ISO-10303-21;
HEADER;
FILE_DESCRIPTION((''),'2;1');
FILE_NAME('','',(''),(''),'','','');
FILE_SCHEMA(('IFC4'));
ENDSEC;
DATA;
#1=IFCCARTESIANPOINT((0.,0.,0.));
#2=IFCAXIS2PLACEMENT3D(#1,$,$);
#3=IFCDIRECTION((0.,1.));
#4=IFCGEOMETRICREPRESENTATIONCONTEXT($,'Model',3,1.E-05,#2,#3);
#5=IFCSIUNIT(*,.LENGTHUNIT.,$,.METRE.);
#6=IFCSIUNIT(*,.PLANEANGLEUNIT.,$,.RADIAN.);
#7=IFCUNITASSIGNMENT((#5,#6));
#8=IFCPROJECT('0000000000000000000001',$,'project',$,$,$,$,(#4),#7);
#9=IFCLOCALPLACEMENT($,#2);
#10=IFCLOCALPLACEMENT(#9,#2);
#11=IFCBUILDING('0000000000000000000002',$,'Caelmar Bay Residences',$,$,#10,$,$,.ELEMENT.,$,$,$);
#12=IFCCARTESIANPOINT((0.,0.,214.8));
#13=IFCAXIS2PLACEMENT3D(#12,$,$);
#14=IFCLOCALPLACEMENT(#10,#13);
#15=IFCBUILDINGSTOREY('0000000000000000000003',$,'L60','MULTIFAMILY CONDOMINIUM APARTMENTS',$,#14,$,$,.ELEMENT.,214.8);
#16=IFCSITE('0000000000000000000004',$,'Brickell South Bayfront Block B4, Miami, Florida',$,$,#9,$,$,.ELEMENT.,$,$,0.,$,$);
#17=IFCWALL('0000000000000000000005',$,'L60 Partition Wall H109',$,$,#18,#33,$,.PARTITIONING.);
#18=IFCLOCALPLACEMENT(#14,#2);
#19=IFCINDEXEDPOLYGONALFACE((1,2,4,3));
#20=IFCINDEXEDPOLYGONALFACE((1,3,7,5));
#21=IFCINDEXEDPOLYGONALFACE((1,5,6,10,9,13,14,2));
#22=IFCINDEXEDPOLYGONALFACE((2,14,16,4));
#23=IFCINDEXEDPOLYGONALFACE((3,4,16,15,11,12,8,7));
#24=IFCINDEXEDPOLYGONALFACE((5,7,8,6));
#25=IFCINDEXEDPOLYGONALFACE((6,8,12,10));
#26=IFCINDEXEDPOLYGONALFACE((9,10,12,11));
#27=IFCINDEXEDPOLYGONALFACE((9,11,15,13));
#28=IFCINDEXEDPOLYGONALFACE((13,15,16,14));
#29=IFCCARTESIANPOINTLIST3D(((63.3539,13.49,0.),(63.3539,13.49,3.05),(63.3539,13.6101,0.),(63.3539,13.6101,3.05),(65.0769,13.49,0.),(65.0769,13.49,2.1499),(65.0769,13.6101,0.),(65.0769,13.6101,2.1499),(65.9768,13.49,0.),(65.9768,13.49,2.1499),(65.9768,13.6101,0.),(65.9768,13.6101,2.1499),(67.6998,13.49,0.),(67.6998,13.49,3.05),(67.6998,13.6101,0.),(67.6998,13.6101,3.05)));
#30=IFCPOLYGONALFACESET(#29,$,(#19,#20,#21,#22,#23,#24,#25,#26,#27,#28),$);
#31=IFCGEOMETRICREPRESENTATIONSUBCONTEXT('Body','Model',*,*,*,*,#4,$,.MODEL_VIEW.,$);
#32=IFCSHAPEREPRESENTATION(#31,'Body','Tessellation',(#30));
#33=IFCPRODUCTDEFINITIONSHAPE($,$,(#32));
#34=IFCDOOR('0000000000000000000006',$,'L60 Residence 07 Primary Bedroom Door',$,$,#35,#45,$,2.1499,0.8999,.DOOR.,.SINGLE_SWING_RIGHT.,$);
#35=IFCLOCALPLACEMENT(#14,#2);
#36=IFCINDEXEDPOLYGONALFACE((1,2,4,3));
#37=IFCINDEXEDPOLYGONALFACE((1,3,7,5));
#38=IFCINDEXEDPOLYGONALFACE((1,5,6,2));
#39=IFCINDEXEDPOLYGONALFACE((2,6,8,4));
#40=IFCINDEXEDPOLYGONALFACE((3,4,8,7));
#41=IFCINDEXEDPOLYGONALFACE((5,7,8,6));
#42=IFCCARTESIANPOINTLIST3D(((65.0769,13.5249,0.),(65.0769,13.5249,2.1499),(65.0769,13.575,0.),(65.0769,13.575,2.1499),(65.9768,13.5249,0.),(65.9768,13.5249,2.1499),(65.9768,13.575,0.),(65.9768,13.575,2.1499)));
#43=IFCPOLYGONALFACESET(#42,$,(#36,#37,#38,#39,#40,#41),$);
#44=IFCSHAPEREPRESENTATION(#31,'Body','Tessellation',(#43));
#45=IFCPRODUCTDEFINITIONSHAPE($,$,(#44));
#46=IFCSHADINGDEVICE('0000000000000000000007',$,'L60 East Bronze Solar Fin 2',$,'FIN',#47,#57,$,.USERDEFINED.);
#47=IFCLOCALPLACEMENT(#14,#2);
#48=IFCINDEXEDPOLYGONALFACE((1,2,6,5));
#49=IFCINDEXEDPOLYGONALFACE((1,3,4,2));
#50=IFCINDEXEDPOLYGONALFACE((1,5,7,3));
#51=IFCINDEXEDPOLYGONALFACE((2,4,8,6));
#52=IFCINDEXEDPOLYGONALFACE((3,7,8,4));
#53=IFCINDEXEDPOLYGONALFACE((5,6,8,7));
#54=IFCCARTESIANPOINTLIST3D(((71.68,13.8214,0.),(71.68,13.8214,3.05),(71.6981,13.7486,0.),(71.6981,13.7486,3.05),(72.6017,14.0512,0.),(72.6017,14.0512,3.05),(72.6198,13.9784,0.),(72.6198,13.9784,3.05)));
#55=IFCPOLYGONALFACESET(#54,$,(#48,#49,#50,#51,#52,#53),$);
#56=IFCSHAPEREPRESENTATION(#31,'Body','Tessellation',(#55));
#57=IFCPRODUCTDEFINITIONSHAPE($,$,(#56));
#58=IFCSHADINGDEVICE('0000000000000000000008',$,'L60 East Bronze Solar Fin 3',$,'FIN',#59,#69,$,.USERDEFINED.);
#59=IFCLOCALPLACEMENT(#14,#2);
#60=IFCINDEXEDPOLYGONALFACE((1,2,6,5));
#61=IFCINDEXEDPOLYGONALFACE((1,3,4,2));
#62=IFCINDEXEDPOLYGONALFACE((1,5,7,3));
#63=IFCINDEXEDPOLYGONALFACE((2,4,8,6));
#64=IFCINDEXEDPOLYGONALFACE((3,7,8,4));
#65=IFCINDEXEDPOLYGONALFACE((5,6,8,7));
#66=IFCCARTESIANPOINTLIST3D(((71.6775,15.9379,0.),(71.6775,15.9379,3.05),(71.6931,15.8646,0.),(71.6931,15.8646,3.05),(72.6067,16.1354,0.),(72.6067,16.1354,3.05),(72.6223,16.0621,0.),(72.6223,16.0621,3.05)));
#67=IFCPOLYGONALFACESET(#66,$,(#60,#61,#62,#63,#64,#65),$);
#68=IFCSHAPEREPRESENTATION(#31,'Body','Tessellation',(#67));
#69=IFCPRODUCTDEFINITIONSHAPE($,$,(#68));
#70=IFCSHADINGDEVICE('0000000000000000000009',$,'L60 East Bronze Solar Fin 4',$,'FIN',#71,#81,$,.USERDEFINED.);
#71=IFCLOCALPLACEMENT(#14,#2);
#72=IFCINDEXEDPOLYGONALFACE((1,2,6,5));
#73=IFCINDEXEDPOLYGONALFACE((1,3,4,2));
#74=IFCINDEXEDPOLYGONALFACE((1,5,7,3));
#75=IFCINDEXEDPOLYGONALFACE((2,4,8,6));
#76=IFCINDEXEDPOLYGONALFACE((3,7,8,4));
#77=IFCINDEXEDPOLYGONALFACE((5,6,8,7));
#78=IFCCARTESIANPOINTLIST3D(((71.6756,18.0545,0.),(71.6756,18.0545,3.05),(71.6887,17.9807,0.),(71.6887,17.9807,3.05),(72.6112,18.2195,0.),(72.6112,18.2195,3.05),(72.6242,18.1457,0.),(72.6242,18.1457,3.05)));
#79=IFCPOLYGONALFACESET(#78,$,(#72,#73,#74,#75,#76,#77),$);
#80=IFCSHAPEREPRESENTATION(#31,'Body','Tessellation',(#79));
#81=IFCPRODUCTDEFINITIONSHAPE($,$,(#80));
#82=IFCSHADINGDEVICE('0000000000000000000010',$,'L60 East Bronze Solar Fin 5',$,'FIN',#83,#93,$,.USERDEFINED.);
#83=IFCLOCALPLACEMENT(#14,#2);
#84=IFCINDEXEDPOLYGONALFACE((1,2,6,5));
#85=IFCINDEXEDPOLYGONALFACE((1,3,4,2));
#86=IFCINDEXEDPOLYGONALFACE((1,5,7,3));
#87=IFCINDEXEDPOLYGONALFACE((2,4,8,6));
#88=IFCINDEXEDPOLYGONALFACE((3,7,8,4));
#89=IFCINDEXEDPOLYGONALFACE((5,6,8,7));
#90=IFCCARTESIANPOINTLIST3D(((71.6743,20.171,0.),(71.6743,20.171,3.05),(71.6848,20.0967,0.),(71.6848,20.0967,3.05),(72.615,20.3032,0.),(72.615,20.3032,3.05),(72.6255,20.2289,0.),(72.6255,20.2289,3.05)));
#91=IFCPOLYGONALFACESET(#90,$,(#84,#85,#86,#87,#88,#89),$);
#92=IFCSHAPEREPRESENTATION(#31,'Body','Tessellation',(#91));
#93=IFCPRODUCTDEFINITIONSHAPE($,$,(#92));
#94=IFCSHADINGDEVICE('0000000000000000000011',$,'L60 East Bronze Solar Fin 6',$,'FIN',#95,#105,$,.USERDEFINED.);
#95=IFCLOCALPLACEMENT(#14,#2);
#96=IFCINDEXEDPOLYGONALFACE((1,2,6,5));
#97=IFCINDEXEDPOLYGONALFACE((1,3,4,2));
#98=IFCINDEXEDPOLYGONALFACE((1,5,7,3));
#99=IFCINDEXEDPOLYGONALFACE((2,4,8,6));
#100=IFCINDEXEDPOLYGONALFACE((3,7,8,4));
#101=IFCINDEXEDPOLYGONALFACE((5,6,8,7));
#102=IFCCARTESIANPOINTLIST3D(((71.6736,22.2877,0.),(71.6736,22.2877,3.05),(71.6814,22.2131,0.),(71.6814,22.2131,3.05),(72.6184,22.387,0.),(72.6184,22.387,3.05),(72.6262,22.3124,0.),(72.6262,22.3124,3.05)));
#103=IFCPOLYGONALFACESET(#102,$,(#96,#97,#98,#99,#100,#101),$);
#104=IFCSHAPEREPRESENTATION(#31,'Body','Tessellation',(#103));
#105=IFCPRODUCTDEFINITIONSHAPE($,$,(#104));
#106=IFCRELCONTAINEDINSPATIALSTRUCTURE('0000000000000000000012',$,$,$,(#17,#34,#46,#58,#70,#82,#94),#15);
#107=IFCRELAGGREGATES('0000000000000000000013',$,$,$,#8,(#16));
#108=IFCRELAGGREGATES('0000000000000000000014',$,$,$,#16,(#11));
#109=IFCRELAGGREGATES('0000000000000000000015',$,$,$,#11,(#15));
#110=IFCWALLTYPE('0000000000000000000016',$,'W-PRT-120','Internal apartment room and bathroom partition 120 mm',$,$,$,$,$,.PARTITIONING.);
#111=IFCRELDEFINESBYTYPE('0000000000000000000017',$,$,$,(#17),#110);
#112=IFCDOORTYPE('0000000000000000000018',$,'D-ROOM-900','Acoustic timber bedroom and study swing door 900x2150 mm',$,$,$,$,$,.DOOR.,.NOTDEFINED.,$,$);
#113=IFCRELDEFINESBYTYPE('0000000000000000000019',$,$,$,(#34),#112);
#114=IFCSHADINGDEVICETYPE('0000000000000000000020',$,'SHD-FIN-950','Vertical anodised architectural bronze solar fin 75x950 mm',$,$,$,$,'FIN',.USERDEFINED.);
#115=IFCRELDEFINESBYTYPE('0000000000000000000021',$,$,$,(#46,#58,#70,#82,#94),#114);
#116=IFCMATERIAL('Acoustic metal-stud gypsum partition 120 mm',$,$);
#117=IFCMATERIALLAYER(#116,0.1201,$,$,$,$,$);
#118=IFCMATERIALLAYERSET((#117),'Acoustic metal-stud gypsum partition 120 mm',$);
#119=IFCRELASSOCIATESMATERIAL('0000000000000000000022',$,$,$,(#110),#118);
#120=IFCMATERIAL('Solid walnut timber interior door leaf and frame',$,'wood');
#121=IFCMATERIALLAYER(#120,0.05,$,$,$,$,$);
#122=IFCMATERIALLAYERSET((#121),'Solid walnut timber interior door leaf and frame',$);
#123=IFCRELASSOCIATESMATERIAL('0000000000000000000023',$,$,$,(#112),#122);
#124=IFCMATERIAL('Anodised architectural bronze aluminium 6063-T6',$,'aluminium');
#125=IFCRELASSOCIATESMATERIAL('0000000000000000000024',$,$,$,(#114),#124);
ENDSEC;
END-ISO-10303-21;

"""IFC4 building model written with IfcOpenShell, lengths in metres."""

from ifc_helpers import new_model, si_unit, direction, frame, frame_2d, origin, origin_2d, place, context, subcontext, project, spatial, rectangle, extrude, material, layer, layer_set, material_profile, profile_set, type_object, element, fill, save


model = new_model("IFC4")

# Units and contexts
model_context = context("Model", 3, precision=1e-05, world=origin(), true_north=direction((0.0, 1.0)))
body_context = subcontext(model_context, "Body", "Model", "MODEL_VIEW")
ifc_project = project(units=[si_unit("LENGTHUNIT", "METRE"), si_unit("PLANEANGLEUNIT", "RADIAN")], contexts=[model_context])

# Site, building, storey
site_placement = place(None, origin())
site = spatial("IfcSite", under=ifc_project, at=site_placement, Name="Brickell South Bayfront Block B4, Miami, Florida", CompositionType="ELEMENT", RefElevation=0.0)
building_placement = place(site_placement, origin())
building = spatial("IfcBuilding", under=site, at=building_placement, Name="Caelmar Bay Residences", CompositionType="ELEMENT")
storey_placement = place(building_placement, frame((0.0, 0.0, 214.8)))
storey = spatial("IfcBuildingStorey", under=building, at=storey_placement, Name="L60", Description="MULTIFAMILY CONDOMINIUM APARTMENTS", CompositionType="ELEMENT", Elevation=214.8)

# Wall, opening, door
ifc_material_1 = material(Name="Acoustic metal-stud gypsum partition 120 mm")
ifc_layer_1 = layer(ifc_material_1, 0.1201)
ifc_layer_set_1 = layer_set([ifc_layer_1], Name="Acoustic metal-stud gypsum partition 120 mm")
wall_type = type_object("IfcWallType", Name="W-PRT-120", Description="Internal apartment room and bathroom partition 120 mm", PredefinedType="PARTITIONING", material=ifc_layer_set_1)
wall_placement = place(storey_placement, frame((63.354, 13.55, 0.0), z_axis=(0.0, 0.0, 1.0), x_axis=(1.0, 0.0, 0.0)))
wall = element("IfcWall", 1, at=wall_placement, inside=storey, type_object=wall_type, Name="L60 Partition Wall H109", PredefinedType="PARTITIONING", context=body_context, shape_type="SweptSolid", body=[
    extrude(rectangle(XDim=4.3459, YDim=0.1201, at=frame_2d((2.1729, 0.0))), origin(), (0.0, 0.0, 1.0), 3.05),
])
opening_placement = place(wall_placement, frame((1.7229, 0.0, 0.0)))
opening = element("IfcOpeningElement", 2, at=opening_placement, cuts=wall, PredefinedType="OPENING", context=body_context, shape_type="SweptSolid", body=[
    extrude(rectangle(XDim=0.8999, YDim=2.1499, at=frame_2d((0.45, 1.075))), frame((0.0, 0.0701, 0.0), z_axis=(0.0, -1.0, 0.0), x_axis=(1.0, 0.0, 0.0)), (0.0, 0.0, 1.0), 0.1401),
])
ifc_material_2 = material(Name="Solid walnut timber interior door leaf and frame", Category="wood")
ifc_layer_2 = layer(ifc_material_2, 0.05)
ifc_layer_set_2 = layer_set([ifc_layer_2], Name="Solid walnut timber interior door leaf and frame")
door_type = type_object("IfcDoorType", Name="D-ROOM-900", Description="Acoustic timber bedroom and study swing door 900x2150 mm", OperationType="NOTDEFINED", PredefinedType="DOOR", material=ifc_layer_set_2)
door_placement = place(opening_placement, origin())
door = element("IfcDoor", 3, at=door_placement, inside=storey, type_object=door_type, Name="L60 Residence 07 Primary Bedroom Door", OperationType="SINGLE_SWING_RIGHT", OverallHeight=2.1499, OverallWidth=0.8999, PredefinedType="DOOR", context=body_context, shape_type="SweptSolid", body=[
    extrude(rectangle(XDim=0.8999, YDim=2.1499, at=frame_2d((0.45, 1.075))), frame((0.0, 0.0249, 0.0), z_axis=(0.0, -1.0, 0.0), x_axis=(1.0, 0.0, 0.0)), (0.0, 0.0, 1.0), 0.05),
])
fill(opening, door)

# Shading devices
ifc_material_3 = material(Name="Anodised architectural bronze aluminium 6063-T6", Category="aluminium")
ifc_material_profile_1 = material_profile(ifc_material_3, rectangle(XDim=0.075, YDim=0.95, at=origin_2d()), Name="BRONZE-FIN-75X950")
ifc_profile_set_1 = profile_set([ifc_material_profile_1], Name="Anodised architectural bronze aluminium 6063-T6")
shading_device_type = type_object("IfcShadingDeviceType", Name="SHD-FIN-950", Description="Vertical anodised architectural bronze solar fin 75x950 mm", ElementType="FIN", PredefinedType="USERDEFINED", material=ifc_profile_set_1)
for number, where, z_axis, x_axis, name in (
    (4, (72.1499, 13.8999, 0.0), (0.0, 0.0, 1.0), (-0.241922, 0.970296, 0.0), "L60 East Bronze Solar Fin 2"),
    (5, (72.1499, 16.0, 0.0), (0.0, 0.0, 1.0), (-0.207912, 0.978148, 0.0), "L60 East Bronze Solar Fin 3"),
    (6, (72.1499, 18.1001, 0.0), (0.0, 0.0, 1.0), (-0.173648, 0.984808, 0.0), "L60 East Bronze Solar Fin 4"),
    (7, (72.1499, 20.2, 0.0), (0.0, 0.0, 1.0), (-0.139173, 0.990268, 0.0), "L60 East Bronze Solar Fin 5"),
    (8, (72.1499, 22.3, 0.0), (0.0, 0.0, 1.0), (-0.104528, 0.994522, 0.0), "L60 East Bronze Solar Fin 6"),
):
    element("IfcShadingDevice", number, at=place(storey_placement, frame(where, z_axis=z_axis, x_axis=x_axis)), inside=storey, type_object=shading_device_type, Name=name, ObjectType="FIN", PredefinedType="USERDEFINED", context=body_context, shape_type="SweptSolid", body=[
        extrude(rectangle(XDim=0.075, YDim=0.95, at=origin_2d()), origin(), (0.0, 0.0, 1.0), 3.05),
    ])

save(model, "model.ifc")
